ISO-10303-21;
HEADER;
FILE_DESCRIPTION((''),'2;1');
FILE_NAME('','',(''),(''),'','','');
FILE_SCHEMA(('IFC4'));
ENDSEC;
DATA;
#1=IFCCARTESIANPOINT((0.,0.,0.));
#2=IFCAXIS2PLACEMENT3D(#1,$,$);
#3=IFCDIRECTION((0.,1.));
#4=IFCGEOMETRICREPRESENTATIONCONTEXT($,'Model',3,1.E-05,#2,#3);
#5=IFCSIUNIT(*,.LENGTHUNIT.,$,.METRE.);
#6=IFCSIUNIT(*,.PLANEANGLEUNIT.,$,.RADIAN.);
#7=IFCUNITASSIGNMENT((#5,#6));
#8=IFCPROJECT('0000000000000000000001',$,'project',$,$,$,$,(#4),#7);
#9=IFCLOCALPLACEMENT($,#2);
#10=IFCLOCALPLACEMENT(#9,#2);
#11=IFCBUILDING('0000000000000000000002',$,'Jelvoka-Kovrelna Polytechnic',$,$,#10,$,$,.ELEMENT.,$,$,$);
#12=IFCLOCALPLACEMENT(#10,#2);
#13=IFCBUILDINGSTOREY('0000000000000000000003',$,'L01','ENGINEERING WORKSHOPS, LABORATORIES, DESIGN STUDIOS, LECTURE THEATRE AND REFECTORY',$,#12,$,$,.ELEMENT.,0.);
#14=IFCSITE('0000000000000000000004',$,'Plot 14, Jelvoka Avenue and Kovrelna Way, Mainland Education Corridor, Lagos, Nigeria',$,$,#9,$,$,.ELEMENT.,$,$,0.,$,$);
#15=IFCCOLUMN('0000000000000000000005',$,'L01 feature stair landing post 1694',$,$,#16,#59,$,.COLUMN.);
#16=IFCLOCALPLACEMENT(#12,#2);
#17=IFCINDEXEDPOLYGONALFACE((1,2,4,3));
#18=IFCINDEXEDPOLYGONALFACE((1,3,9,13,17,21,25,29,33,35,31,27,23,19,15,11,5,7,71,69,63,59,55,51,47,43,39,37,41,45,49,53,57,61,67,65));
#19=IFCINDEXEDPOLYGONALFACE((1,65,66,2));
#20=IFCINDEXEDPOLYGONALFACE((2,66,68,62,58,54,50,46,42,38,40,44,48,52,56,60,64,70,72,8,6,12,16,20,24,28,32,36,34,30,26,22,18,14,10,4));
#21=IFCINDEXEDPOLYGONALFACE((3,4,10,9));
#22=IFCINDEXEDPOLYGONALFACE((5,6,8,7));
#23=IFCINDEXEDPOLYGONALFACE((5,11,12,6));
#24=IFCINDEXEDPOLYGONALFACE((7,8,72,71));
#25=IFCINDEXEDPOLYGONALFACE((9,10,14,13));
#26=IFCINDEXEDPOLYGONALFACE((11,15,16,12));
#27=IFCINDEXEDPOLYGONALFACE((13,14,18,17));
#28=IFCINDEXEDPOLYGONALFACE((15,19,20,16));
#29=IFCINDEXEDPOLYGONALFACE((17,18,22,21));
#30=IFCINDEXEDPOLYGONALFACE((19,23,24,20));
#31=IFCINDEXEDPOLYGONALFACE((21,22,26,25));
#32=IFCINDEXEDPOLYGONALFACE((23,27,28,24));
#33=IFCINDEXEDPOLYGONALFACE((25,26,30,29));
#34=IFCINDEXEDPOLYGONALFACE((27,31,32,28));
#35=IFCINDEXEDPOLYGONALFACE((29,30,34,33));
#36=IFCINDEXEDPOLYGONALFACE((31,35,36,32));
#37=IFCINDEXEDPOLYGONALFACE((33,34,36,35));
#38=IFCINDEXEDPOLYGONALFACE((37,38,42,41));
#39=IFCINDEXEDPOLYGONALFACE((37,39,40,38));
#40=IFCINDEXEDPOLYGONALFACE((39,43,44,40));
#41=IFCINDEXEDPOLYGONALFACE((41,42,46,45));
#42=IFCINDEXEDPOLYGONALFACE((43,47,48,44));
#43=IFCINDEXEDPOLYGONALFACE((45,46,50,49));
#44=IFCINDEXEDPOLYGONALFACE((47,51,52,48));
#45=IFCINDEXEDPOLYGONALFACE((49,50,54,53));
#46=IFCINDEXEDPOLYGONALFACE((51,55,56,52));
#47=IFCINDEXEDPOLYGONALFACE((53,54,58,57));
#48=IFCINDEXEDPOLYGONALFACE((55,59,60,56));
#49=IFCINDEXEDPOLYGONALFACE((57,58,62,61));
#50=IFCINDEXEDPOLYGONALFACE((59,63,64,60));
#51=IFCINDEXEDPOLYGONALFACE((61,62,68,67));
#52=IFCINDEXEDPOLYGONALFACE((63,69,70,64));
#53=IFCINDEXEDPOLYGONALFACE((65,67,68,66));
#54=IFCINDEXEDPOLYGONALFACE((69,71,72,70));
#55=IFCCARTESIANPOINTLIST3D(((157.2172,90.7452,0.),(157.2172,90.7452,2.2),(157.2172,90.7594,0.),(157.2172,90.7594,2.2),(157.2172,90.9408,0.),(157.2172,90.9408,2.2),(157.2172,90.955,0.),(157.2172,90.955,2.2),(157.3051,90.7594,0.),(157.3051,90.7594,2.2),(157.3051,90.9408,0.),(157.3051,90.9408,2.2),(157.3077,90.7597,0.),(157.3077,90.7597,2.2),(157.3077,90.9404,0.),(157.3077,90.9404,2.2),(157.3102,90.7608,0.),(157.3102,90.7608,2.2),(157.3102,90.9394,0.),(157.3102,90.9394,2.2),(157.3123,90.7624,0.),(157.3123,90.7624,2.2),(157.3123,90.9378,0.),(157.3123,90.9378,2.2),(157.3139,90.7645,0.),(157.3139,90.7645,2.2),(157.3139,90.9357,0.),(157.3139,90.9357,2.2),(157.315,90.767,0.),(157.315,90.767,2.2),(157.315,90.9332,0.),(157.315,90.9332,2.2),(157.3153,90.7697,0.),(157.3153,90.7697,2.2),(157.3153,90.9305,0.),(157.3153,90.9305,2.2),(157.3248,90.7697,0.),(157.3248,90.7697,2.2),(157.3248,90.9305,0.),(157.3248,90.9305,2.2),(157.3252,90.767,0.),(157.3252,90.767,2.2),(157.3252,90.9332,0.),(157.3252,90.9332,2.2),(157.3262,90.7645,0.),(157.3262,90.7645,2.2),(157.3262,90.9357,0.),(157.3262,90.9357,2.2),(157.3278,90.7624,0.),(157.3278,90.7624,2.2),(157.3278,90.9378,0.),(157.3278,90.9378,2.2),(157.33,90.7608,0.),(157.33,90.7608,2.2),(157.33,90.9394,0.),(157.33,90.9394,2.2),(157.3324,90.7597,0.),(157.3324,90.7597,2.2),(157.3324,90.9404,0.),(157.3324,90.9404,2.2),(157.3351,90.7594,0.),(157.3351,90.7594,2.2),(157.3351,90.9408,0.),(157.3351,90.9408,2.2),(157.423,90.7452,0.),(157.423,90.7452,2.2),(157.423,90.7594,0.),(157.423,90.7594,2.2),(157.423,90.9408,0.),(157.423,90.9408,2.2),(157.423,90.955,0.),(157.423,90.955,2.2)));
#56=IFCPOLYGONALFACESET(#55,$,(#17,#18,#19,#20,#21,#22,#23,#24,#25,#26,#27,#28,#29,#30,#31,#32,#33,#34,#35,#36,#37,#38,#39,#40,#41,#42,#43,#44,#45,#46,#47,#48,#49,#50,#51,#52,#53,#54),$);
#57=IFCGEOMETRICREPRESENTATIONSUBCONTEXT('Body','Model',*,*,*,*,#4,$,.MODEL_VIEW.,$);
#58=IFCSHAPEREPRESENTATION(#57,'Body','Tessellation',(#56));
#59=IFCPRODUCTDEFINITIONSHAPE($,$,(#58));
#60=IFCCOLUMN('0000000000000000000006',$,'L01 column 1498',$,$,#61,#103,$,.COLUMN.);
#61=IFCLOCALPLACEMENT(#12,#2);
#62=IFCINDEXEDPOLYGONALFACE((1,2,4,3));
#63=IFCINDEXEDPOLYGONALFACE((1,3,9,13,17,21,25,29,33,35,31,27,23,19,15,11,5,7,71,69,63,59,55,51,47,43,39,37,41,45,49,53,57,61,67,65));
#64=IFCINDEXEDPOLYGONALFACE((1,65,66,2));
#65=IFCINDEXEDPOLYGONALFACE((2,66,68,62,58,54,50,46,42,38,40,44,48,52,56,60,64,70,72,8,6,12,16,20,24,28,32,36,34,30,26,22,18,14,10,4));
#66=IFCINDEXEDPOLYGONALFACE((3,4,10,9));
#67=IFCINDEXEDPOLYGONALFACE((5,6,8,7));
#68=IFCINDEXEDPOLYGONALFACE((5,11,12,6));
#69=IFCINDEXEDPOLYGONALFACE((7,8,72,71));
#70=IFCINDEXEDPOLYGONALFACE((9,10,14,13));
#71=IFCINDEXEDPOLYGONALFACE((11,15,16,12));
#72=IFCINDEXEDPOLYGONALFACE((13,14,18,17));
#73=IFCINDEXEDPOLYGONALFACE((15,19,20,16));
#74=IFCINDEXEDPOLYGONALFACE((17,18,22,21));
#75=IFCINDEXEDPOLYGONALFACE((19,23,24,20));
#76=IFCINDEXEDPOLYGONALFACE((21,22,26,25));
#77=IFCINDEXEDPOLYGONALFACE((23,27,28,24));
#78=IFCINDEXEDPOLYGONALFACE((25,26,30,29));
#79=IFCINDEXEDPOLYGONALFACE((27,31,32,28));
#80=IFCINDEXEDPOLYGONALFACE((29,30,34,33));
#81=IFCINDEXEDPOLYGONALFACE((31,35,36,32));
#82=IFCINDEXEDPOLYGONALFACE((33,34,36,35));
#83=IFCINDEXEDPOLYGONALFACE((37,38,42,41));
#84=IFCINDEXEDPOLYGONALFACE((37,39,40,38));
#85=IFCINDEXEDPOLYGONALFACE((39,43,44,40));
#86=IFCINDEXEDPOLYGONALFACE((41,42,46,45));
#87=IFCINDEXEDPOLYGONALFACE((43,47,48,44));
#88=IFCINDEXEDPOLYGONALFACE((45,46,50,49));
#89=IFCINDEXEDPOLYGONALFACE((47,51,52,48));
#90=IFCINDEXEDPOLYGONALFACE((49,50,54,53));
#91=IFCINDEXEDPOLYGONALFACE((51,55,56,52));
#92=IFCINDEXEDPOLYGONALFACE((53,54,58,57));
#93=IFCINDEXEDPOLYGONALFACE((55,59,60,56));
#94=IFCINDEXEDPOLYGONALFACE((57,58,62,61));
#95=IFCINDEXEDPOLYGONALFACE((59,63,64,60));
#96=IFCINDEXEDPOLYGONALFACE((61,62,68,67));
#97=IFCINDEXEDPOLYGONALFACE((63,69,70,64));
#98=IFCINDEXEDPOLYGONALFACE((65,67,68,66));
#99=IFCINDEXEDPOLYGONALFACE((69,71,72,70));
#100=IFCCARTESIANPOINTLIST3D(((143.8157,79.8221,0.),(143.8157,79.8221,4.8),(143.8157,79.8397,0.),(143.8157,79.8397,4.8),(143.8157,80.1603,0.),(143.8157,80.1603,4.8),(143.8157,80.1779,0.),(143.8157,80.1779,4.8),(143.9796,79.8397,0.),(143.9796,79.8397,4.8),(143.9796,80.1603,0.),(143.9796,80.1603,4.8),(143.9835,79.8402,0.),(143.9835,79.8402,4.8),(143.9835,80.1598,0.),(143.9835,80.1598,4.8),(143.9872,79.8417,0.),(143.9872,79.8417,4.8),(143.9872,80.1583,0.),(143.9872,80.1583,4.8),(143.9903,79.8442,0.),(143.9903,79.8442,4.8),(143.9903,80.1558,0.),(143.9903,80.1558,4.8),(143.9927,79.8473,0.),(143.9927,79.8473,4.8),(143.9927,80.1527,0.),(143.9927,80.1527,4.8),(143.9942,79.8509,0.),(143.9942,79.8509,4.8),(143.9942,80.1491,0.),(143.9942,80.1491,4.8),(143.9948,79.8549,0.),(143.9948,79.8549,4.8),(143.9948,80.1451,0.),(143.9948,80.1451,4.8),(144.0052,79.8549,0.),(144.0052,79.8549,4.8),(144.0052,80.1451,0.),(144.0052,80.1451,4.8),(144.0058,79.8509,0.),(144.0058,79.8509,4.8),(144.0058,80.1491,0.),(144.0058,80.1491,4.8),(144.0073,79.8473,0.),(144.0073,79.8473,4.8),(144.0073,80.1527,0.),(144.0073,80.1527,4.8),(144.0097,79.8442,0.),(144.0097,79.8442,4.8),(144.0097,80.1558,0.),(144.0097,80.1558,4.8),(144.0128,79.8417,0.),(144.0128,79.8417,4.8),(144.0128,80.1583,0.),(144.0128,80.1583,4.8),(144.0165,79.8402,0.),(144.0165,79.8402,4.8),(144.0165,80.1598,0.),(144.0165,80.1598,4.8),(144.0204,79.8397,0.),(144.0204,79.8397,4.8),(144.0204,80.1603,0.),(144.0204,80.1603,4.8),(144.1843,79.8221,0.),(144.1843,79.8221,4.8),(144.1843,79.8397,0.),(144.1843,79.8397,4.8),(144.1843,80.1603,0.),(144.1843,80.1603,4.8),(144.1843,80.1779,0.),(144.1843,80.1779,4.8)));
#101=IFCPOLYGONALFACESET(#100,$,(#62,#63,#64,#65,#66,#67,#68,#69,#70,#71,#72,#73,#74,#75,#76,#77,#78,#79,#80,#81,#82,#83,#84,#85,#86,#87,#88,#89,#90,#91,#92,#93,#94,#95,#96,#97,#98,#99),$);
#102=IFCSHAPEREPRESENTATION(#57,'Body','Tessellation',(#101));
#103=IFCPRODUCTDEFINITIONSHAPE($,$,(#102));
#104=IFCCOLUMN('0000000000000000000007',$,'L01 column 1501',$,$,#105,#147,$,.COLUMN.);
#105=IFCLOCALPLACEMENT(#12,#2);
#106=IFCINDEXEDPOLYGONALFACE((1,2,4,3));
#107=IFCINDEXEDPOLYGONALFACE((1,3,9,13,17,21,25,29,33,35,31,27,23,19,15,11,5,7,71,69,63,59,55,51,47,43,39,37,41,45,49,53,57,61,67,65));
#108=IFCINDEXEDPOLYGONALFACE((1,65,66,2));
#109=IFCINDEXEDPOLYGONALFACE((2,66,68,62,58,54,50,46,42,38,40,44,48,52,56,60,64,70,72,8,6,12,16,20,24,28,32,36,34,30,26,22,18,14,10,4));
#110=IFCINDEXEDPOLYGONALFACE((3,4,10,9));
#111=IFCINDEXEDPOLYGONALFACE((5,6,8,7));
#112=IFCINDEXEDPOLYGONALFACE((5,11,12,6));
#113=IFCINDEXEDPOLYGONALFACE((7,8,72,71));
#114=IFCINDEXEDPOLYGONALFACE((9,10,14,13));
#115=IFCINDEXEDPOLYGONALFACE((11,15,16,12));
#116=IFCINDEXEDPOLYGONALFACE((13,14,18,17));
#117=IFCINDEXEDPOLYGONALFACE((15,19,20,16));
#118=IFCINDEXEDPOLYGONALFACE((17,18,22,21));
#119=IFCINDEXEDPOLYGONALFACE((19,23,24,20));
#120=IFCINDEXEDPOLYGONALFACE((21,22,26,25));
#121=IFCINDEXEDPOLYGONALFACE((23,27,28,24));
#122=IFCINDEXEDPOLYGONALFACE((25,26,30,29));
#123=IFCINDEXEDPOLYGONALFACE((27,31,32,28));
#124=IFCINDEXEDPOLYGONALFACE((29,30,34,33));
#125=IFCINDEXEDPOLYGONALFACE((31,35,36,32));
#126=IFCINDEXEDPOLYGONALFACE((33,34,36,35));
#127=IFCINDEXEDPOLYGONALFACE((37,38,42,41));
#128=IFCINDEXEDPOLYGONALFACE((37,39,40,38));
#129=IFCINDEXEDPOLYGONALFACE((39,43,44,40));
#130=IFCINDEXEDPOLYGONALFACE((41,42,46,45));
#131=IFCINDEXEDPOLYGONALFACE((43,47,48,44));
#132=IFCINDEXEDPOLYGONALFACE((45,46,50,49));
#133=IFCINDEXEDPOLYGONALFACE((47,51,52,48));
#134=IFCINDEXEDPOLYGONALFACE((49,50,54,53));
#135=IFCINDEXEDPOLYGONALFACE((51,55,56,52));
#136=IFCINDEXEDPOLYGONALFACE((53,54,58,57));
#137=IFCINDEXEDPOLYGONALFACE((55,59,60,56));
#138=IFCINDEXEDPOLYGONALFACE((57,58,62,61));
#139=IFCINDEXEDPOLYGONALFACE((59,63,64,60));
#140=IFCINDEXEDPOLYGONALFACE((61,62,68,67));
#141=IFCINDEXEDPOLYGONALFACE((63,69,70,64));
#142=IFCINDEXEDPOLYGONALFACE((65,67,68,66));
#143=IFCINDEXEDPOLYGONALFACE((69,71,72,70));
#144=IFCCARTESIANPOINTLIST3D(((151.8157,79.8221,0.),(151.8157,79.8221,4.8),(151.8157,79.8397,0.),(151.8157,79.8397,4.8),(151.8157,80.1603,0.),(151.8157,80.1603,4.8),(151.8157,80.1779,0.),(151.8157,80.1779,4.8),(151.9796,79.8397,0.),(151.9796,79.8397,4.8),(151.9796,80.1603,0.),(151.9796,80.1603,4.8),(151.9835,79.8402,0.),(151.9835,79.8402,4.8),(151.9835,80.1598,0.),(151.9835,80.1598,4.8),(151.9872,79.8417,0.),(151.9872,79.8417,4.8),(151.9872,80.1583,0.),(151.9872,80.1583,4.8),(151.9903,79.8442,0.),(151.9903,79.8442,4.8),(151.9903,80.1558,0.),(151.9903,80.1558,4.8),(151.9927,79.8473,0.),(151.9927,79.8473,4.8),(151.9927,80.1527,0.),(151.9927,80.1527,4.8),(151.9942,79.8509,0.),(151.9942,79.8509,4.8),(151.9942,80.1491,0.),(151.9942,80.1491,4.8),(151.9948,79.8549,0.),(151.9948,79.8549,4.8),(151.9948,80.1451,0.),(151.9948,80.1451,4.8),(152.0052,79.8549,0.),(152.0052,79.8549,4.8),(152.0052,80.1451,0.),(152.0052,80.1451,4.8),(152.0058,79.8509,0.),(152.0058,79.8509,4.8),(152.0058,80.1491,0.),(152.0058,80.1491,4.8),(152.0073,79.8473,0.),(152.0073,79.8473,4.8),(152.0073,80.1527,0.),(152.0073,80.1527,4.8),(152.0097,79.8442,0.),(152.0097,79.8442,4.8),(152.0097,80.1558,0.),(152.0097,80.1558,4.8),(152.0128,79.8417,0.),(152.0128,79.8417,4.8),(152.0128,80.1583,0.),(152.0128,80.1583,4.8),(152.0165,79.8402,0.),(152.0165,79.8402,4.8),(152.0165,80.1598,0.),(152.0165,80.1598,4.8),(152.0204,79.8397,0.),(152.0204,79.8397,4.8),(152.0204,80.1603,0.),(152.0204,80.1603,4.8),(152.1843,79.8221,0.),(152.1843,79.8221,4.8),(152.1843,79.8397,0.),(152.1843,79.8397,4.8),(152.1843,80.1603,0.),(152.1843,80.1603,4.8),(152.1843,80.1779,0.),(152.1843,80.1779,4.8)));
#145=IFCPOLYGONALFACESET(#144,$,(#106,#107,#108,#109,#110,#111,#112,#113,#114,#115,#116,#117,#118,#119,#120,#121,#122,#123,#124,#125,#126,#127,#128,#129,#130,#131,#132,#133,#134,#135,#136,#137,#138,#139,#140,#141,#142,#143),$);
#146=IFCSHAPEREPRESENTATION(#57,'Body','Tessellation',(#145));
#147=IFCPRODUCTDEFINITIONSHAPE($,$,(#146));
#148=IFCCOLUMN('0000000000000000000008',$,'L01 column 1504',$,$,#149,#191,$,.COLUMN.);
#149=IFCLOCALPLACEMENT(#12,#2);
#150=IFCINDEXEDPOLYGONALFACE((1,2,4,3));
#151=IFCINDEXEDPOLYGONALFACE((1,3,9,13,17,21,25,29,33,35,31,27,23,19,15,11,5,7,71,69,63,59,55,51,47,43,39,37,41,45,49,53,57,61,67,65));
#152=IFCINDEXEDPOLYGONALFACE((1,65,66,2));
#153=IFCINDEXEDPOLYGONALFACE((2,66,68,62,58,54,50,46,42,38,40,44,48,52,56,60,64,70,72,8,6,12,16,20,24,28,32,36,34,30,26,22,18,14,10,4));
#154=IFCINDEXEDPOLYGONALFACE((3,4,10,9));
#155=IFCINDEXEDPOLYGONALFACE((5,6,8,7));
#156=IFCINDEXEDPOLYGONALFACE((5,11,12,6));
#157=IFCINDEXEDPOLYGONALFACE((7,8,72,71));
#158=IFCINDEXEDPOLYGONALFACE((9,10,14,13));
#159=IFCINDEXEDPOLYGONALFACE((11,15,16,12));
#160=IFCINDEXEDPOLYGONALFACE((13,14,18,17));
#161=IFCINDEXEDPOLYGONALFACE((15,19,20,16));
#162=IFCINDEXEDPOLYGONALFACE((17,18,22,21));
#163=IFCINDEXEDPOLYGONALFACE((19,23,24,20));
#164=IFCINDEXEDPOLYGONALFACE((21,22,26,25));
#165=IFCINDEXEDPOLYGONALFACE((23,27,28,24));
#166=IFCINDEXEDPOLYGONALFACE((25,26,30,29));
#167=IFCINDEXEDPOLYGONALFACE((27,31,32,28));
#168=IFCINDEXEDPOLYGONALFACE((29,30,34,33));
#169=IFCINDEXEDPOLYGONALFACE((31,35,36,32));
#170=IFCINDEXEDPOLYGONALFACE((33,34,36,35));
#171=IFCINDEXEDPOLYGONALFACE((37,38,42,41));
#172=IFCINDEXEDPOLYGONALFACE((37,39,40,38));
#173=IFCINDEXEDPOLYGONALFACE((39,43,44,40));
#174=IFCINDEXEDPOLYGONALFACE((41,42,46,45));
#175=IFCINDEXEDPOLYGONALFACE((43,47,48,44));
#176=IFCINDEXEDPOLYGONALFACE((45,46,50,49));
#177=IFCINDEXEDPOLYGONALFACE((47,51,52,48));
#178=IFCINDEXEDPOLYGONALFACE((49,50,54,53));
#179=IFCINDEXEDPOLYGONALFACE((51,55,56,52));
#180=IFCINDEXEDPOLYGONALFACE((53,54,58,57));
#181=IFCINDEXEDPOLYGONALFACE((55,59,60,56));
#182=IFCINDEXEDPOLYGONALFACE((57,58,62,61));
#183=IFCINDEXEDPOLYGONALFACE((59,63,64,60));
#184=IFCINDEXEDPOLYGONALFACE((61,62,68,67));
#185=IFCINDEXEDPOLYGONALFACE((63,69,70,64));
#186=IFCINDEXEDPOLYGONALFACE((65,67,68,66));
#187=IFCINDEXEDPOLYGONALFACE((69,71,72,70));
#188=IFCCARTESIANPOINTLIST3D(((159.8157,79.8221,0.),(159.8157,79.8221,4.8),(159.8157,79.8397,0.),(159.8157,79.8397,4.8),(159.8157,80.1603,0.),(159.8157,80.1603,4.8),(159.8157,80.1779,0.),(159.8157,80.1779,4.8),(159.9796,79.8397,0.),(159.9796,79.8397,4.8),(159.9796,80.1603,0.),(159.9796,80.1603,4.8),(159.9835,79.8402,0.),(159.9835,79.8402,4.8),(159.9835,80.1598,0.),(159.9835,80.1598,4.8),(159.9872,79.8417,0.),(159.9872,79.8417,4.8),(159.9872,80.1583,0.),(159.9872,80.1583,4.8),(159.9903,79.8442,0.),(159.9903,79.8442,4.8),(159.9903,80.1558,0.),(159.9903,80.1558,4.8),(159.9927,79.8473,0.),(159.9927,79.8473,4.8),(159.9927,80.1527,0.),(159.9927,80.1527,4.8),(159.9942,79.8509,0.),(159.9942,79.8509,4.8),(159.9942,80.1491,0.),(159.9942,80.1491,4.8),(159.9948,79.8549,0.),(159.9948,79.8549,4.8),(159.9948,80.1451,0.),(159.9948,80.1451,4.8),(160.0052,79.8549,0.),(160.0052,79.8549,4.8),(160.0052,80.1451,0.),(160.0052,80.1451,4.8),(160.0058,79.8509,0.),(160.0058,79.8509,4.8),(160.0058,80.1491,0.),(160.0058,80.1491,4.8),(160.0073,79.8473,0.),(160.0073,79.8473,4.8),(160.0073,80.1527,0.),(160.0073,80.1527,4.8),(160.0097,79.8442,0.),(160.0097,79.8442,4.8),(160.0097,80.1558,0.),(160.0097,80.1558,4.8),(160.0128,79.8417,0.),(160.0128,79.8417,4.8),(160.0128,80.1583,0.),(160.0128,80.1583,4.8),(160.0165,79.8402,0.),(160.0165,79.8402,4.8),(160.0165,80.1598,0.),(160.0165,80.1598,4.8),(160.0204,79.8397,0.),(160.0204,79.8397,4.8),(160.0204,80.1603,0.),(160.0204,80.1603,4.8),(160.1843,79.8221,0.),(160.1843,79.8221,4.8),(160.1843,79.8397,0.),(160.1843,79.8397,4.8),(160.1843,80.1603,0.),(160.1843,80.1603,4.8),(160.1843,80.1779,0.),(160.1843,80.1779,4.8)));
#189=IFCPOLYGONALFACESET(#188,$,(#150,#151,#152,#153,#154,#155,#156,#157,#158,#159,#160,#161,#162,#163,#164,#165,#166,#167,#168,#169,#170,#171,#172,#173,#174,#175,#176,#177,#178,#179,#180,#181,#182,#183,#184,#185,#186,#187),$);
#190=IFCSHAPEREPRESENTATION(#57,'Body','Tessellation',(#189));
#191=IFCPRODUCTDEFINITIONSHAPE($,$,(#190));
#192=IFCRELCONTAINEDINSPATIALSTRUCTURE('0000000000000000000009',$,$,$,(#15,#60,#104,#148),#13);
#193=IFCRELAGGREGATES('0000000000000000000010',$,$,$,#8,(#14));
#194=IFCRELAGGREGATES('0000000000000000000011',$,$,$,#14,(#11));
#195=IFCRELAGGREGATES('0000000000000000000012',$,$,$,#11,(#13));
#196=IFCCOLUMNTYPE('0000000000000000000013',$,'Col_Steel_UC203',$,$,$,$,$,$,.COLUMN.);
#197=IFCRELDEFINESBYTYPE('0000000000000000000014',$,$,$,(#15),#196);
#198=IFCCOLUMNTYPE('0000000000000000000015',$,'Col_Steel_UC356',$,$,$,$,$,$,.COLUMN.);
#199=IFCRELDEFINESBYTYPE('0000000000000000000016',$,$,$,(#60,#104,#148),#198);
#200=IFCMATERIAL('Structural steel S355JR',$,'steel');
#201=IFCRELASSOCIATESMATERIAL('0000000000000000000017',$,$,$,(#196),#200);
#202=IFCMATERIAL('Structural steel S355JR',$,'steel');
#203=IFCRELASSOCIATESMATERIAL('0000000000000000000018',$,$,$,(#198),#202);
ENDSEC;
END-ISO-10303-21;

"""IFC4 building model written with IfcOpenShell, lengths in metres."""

from ifc_helpers import new_model, si_unit, direction, frame, origin, origin_2d, place, context, subcontext, project, spatial, i_section, extrude, material, material_profile, profile_set, type_object, element, save


model = new_model("IFC4")

# Units and contexts
model_context = context("Model", 3, precision=1e-05, world=origin(), true_north=direction((0.0, 1.0)))
body_context = subcontext(model_context, "Body", "Model", "MODEL_VIEW")
ifc_project = project(units=[si_unit("LENGTHUNIT", "METRE"), si_unit("PLANEANGLEUNIT", "RADIAN")], contexts=[model_context])

# Site, building, storey
site_placement = place(None, origin())
site = spatial("IfcSite", under=ifc_project, at=site_placement, Name="Plot 14, Jelvoka Avenue and Kovrelna Way, Mainland Education Corridor, Lagos, Nigeria", CompositionType="ELEMENT", RefElevation=0.0)
building_placement = place(site_placement, origin())
building = spatial("IfcBuilding", under=site, at=building_placement, Name="Jelvoka-Kovrelna Polytechnic", CompositionType="ELEMENT")
storey_placement = place(building_placement, origin())
storey = spatial("IfcBuildingStorey", under=building, at=storey_placement, Name="L01", Description="ENGINEERING WORKSHOPS, LABORATORIES, DESIGN STUDIOS, LECTURE THEATRE AND REFECTORY", CompositionType="ELEMENT", Elevation=0.0)

# Columns
ifc_material_1 = material(Name="Structural steel S355JR", Category="steel")
ifc_material_profile_1 = material_profile(ifc_material_1, i_section(OverallWidth=0.2058, OverallDepth=0.2097, WebThickness=0.0095, FlangeThickness=0.0142, FilletRadius=0.0103, at=origin_2d()), Name="203x203x60 UC")
ifc_profile_set_1 = profile_set([ifc_material_profile_1], Name="Structural steel S355JR")
column_type_1 = type_object("IfcColumnType", Name="Col_Steel_UC203", PredefinedType="COLUMN", material=ifc_profile_set_1)
column_placement = place(storey_placement, frame((157.3201, 90.8501, 0.0), z_axis=(0.0, 0.0, 1.0), x_axis=(1.0, 0.0, 0.0)))
element("IfcColumn", 1, at=column_placement, inside=storey, type_object=column_type_1, Name="L01 feature stair landing post 1694", PredefinedType="COLUMN", context=body_context, shape_type="SweptSolid", body=[
    extrude(i_section(OverallWidth=0.2058, OverallDepth=0.2097, WebThickness=0.0095, FlangeThickness=0.0142, FilletRadius=0.0103, at=origin_2d()), origin(), (0.0, 0.0, 1.0), 2.2),
])
ifc_material_2 = material(Name="Structural steel S355JR", Category="steel")
ifc_material_profile_2 = material_profile(ifc_material_2, i_section(OverallWidth=0.3687, OverallDepth=0.3557, WebThickness=0.0105, FlangeThickness=0.0176, FilletRadius=0.0151, at=origin_2d()), Name="356x368x129 UC")
ifc_profile_set_2 = profile_set([ifc_material_profile_2], Name="Structural steel S355JR")
column_type_2 = type_object("IfcColumnType", Name="Col_Steel_UC356", PredefinedType="COLUMN", material=ifc_profile_set_2)
for number, where, z_axis, x_axis, name in (
    (2, (144.0, 80.0, 0.0), (0.0, 0.0, 1.0), (1.0, 0.0, 0.0), "L01 column 1498"),
    (3, (152.0, 80.0, 0.0), (0.0, 0.0, 1.0), (1.0, 0.0, 0.0), "L01 column 1501"),
    (4, (160.0, 80.0, 0.0), (0.0, 0.0, 1.0), (1.0, 0.0, 0.0), "L01 column 1504"),
):
    element("IfcColumn", number, at=place(storey_placement, frame(where, z_axis=z_axis, x_axis=x_axis)), inside=storey, type_object=column_type_2, Name=name, PredefinedType="COLUMN", context=body_context, shape_type="SweptSolid", body=[
        extrude(i_section(OverallWidth=0.3687, OverallDepth=0.3557, WebThickness=0.0105, FlangeThickness=0.0176, FilletRadius=0.0151, at=origin_2d()), origin(), (0.0, 0.0, 1.0), 4.8),
    ])

save(model, "model.ifc")
